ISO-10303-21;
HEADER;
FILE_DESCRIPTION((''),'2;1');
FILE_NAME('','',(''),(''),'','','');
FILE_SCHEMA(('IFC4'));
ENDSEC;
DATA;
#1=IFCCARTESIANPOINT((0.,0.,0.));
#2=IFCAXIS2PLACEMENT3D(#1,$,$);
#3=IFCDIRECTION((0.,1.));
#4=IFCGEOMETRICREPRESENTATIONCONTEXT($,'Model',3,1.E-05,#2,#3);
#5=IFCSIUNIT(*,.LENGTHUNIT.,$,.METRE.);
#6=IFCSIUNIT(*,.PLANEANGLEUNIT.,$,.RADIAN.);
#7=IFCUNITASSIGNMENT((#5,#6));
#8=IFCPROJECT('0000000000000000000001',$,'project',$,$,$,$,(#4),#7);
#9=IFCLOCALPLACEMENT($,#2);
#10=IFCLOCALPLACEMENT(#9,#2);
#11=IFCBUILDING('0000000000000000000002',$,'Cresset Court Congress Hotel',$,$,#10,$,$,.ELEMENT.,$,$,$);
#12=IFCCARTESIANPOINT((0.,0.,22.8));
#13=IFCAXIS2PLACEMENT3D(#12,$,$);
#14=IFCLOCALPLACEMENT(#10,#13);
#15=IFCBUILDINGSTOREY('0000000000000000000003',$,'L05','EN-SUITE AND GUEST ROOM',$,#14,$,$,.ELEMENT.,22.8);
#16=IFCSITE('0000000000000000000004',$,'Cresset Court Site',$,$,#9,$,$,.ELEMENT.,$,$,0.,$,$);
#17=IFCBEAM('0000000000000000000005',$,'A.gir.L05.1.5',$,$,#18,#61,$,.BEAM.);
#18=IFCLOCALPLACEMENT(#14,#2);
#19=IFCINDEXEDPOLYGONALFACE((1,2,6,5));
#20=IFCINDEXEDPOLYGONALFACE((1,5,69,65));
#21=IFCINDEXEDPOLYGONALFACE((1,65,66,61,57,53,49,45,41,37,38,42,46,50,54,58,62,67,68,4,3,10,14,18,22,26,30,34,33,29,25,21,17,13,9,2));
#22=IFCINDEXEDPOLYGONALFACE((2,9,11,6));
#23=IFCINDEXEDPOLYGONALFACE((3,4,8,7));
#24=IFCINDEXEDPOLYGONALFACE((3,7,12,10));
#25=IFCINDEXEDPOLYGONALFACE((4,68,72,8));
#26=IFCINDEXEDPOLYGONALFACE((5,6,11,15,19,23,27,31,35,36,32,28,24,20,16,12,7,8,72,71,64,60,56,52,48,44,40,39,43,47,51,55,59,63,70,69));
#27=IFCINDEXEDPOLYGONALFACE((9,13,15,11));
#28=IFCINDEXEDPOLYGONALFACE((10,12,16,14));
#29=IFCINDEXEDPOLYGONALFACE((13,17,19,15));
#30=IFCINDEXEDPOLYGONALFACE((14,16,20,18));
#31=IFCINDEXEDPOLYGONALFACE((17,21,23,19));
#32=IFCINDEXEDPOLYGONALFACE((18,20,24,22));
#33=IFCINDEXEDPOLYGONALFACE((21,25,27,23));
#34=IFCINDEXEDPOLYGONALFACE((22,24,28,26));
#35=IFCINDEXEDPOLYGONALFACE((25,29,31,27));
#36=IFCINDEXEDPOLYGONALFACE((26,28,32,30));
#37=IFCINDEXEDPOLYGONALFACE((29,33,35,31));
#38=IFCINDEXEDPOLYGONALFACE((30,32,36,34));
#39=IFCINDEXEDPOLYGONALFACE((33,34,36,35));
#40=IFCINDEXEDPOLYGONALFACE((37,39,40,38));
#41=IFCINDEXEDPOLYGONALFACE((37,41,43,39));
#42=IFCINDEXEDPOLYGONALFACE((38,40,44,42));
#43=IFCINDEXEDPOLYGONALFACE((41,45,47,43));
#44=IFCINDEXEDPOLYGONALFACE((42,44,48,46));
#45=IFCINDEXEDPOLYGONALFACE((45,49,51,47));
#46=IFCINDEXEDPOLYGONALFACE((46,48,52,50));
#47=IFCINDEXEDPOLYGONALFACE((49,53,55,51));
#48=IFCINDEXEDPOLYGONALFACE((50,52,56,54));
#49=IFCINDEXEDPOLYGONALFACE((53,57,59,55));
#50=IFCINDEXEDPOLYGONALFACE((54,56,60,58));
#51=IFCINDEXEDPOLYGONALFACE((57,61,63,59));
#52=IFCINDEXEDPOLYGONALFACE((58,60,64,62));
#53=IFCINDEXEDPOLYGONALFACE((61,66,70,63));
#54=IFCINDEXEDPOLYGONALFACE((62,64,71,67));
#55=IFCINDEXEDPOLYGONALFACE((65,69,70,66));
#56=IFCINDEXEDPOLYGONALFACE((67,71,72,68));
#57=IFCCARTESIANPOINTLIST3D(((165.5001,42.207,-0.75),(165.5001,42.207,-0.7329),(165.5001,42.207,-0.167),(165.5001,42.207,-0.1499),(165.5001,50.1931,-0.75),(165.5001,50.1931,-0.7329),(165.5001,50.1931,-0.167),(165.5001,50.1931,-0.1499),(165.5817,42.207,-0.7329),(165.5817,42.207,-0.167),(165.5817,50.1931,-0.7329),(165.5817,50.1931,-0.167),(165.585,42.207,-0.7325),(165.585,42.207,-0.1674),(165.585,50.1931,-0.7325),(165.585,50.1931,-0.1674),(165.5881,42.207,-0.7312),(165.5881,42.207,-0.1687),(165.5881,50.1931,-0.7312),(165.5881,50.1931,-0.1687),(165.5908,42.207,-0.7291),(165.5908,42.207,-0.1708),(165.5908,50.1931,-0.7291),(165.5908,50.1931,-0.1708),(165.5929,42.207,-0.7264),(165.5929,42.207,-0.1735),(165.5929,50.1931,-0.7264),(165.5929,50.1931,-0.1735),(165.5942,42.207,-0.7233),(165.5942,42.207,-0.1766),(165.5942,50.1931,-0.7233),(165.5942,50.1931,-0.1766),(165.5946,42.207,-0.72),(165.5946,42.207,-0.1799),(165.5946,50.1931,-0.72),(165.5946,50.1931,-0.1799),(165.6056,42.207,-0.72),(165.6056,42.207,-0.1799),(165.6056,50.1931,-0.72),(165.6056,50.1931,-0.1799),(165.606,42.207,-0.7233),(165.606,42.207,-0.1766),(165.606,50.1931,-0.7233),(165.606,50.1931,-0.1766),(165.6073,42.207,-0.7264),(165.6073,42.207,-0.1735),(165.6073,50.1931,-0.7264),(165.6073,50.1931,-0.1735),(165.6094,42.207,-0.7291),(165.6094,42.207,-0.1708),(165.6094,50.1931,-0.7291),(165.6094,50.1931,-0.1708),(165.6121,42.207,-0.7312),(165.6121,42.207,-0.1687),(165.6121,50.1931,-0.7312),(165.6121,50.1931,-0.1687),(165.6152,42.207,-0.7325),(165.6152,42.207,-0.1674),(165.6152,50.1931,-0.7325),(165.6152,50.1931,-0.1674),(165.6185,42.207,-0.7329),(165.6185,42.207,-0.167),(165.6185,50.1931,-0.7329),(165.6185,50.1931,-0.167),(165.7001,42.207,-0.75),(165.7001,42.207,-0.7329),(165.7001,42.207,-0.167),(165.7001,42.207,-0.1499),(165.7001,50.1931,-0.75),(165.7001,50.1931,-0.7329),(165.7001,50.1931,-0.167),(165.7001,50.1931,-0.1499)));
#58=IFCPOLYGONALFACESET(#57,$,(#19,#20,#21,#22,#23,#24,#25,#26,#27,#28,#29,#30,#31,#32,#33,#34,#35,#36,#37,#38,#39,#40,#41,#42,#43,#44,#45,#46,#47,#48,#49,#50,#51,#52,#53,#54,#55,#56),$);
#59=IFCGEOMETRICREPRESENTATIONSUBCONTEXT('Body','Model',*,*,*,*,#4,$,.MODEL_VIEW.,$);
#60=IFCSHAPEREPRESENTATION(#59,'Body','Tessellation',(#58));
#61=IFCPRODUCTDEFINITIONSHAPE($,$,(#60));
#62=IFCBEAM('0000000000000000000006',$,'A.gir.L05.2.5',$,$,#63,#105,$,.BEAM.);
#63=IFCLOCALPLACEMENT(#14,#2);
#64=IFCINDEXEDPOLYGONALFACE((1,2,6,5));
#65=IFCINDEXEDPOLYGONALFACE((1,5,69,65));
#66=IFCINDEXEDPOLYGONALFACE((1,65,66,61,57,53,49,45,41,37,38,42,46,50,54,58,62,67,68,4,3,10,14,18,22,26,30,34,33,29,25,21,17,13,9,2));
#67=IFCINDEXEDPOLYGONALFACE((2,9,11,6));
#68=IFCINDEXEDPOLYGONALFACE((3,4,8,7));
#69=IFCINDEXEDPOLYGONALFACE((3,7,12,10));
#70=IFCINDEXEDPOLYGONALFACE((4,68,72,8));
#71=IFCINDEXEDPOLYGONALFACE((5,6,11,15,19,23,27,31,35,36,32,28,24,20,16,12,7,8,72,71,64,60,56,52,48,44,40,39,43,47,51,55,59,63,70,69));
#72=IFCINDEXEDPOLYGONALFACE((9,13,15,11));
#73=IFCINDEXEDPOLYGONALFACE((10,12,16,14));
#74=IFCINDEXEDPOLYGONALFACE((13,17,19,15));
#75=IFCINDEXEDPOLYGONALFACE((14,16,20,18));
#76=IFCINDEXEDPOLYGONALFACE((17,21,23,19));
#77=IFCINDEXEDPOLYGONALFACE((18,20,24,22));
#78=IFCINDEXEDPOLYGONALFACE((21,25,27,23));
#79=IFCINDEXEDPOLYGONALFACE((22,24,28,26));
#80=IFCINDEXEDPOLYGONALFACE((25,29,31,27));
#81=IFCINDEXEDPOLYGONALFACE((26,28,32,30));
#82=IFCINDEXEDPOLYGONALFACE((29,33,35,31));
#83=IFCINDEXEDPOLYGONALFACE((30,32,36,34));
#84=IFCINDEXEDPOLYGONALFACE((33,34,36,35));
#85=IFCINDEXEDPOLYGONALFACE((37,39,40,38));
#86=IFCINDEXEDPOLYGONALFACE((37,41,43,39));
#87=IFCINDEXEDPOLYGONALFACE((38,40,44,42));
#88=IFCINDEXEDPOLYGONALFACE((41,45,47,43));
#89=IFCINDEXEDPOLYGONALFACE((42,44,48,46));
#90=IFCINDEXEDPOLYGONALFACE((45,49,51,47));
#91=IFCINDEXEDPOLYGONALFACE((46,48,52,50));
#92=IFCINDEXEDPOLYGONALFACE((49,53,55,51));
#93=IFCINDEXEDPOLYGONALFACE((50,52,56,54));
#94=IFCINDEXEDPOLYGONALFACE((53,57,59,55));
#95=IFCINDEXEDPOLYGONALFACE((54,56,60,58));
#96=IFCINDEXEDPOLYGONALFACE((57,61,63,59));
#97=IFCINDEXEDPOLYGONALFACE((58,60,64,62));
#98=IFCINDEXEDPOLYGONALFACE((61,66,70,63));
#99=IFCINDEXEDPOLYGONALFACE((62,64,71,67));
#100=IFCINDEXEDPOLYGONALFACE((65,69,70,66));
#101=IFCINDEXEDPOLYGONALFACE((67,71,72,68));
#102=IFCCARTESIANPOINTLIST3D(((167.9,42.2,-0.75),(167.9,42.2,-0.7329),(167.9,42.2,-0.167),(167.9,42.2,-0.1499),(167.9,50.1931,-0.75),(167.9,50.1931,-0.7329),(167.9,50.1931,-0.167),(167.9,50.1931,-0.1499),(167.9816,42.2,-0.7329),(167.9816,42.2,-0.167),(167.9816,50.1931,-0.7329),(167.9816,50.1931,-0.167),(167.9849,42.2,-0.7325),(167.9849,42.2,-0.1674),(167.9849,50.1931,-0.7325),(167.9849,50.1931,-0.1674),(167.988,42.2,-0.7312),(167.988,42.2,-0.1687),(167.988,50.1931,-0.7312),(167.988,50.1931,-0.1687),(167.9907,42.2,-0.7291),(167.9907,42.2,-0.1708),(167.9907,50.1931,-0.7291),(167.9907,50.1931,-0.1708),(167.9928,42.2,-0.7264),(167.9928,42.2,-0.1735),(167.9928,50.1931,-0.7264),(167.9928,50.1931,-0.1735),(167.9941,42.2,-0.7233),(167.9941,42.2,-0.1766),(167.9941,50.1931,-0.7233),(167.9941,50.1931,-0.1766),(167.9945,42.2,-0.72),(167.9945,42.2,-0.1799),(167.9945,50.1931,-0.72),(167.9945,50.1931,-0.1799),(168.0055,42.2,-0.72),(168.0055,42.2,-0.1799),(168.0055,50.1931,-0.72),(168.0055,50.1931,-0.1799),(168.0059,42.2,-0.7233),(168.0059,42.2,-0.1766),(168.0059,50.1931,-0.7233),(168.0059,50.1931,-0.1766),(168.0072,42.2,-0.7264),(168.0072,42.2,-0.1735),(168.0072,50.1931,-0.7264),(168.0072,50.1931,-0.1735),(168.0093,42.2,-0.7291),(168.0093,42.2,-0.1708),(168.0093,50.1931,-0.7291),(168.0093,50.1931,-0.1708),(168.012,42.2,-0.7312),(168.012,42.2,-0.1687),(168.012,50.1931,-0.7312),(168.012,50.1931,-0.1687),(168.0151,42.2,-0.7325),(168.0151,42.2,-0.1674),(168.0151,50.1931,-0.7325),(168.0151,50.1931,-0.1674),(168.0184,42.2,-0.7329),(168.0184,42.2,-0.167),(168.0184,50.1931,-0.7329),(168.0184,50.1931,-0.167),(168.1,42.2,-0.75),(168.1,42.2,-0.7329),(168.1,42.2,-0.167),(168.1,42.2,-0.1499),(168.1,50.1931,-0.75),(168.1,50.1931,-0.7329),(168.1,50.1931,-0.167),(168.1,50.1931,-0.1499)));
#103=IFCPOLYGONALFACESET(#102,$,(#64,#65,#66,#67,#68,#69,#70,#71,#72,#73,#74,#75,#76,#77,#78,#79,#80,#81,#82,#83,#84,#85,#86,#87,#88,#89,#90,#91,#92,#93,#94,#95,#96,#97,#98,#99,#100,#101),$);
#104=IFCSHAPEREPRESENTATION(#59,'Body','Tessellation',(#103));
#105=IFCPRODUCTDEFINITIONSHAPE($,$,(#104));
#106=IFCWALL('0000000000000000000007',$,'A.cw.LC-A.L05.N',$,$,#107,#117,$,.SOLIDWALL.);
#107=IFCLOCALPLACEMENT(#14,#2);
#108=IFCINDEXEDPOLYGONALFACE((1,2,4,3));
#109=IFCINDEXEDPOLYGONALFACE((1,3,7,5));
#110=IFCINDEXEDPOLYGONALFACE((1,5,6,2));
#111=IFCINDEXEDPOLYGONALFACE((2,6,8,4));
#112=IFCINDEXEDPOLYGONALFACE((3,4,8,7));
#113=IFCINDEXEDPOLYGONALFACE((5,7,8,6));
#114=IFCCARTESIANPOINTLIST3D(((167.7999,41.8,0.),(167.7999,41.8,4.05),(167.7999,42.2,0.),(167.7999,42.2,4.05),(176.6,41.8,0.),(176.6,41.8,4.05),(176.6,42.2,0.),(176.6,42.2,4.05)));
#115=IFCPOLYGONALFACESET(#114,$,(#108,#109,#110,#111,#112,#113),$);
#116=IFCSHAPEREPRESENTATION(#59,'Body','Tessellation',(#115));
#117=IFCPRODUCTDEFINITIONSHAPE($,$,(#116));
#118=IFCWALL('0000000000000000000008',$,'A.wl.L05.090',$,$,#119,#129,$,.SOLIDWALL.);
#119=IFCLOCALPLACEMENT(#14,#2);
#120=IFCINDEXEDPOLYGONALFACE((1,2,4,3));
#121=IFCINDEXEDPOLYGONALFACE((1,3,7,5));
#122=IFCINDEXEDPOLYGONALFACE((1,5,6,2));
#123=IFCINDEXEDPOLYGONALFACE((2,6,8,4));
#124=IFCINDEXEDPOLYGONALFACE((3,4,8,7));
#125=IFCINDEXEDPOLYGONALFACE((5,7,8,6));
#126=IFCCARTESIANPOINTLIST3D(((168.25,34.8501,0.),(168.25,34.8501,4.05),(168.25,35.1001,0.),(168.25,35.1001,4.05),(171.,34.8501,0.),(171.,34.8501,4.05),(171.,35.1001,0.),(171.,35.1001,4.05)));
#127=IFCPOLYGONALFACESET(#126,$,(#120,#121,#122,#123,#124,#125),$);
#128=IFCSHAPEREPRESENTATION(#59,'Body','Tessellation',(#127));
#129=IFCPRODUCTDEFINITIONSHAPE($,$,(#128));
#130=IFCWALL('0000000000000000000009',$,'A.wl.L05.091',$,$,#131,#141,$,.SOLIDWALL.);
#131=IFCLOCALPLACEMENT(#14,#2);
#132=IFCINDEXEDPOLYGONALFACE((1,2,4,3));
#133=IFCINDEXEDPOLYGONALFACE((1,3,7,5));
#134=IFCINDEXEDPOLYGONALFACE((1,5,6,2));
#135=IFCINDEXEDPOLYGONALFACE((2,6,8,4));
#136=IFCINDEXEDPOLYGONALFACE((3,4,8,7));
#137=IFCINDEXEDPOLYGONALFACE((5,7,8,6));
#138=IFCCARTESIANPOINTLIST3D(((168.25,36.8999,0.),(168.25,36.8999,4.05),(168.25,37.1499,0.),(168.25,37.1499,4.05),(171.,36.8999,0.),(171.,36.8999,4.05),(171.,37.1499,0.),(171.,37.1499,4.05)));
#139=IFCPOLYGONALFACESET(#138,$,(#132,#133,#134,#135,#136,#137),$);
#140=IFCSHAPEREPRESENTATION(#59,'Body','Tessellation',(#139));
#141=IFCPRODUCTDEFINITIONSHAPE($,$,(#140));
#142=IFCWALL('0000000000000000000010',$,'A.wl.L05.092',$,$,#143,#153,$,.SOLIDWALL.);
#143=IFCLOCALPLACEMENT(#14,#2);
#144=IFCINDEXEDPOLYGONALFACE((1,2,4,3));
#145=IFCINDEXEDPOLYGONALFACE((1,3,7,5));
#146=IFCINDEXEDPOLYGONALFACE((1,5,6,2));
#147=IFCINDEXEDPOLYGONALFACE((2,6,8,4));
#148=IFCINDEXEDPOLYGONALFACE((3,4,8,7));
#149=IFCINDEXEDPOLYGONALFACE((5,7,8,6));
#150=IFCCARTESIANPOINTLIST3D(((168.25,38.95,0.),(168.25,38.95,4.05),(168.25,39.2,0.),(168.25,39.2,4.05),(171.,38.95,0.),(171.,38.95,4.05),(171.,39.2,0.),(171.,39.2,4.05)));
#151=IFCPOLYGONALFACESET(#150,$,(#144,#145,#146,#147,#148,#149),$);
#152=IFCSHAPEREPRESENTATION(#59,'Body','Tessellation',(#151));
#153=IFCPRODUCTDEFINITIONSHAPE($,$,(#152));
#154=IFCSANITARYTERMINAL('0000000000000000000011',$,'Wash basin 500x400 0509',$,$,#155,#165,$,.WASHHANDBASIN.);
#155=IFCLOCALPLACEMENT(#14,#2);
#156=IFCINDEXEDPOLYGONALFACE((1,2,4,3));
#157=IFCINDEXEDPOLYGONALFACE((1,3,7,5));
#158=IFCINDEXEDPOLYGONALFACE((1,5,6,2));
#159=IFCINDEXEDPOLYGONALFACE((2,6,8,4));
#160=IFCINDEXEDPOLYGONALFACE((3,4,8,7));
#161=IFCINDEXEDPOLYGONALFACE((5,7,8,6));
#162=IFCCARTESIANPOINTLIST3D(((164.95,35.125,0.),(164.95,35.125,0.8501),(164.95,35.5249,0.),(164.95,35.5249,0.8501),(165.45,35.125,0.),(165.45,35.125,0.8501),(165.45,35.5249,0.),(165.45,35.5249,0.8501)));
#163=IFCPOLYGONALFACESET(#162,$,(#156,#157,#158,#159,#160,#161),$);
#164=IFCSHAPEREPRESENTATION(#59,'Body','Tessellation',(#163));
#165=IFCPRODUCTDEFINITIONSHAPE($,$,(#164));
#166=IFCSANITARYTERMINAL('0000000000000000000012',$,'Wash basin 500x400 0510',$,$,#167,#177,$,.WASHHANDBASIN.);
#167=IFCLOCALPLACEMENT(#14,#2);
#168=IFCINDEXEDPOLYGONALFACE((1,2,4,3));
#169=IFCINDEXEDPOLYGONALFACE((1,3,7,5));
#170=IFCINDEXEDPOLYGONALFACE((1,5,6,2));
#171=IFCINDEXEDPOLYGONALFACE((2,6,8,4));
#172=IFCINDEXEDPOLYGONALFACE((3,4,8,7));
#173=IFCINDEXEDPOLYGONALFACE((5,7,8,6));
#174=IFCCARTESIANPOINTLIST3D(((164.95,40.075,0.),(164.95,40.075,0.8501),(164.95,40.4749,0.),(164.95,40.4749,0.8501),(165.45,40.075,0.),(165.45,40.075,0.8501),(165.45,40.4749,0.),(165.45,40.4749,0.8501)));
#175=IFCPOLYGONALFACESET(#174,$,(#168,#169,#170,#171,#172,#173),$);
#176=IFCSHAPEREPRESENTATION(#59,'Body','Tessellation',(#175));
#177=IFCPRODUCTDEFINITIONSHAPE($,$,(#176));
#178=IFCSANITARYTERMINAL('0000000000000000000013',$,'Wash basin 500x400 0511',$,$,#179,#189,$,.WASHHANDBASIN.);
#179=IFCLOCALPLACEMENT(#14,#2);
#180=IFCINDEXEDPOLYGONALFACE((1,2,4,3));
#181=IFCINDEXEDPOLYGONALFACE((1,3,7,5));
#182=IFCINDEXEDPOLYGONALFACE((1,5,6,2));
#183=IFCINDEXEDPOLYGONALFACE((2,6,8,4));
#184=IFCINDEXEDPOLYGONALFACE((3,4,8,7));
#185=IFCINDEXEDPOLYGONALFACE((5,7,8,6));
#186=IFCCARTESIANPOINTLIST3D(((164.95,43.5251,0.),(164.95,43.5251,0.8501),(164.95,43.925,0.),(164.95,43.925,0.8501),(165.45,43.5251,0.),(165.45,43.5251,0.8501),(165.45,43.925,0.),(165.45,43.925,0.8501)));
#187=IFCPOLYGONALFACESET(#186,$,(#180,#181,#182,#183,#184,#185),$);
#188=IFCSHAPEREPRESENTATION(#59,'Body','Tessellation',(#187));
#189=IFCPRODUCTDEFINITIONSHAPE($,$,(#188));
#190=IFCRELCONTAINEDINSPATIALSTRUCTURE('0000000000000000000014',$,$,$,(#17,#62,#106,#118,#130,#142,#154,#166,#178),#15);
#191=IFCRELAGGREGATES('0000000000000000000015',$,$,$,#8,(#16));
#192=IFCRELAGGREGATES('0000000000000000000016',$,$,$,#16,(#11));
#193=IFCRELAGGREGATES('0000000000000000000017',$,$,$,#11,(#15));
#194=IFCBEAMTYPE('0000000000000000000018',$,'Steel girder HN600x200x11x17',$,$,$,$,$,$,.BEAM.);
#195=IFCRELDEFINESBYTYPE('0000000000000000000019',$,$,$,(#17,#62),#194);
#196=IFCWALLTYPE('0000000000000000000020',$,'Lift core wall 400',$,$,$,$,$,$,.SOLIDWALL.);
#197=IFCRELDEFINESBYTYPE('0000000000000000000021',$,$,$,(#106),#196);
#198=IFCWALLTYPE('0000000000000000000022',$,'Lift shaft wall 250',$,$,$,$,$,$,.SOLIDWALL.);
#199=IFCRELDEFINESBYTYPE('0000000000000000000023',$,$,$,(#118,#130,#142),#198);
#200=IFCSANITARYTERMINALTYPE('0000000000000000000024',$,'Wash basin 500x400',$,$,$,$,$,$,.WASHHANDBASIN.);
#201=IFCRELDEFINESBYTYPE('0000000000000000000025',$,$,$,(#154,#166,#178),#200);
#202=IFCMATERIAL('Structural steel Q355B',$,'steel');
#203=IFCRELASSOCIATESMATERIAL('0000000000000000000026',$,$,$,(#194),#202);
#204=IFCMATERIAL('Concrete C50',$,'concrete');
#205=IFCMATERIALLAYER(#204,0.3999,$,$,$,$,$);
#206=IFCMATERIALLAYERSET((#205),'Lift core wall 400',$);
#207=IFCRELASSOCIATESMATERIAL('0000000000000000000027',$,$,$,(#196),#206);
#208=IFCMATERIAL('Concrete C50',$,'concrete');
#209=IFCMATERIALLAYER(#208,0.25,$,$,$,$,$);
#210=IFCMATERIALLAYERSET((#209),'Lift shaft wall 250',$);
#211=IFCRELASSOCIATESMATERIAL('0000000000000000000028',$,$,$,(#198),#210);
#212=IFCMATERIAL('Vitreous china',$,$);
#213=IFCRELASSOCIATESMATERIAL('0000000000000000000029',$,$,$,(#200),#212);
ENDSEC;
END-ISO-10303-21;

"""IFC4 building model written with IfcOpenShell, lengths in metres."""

from ifc_helpers import new_model, si_unit, direction, frame, frame_2d, origin, origin_2d, place, context, subcontext, project, spatial, rectangle, i_section, extrude, material, layer, layer_set, material_profile, profile_set, type_object, element, save


model = new_model("IFC4")

# Units and contexts
model_context = context("Model", 3, precision=1e-05, world=origin(), true_north=direction((0.0, 1.0)))
body_context = subcontext(model_context, "Body", "Model", "MODEL_VIEW")
ifc_project = project(units=[si_unit("LENGTHUNIT", "METRE"), si_unit("PLANEANGLEUNIT", "RADIAN")], contexts=[model_context])

# Site, building, storey
site_placement = place(None, origin())
site = spatial("IfcSite", under=ifc_project, at=site_placement, Name="Cresset Court Site", CompositionType="ELEMENT", RefElevation=0.0)
building_placement = place(site_placement, origin())
building = spatial("IfcBuilding", under=site, at=building_placement, Name="Cresset Court Congress Hotel", CompositionType="ELEMENT")
storey_placement = place(building_placement, frame((0.0, 0.0, 22.8)))
storey = spatial("IfcBuildingStorey", under=building, at=storey_placement, Name="L05", Description="EN-SUITE AND GUEST ROOM", CompositionType="ELEMENT", Elevation=22.8)

# Beams
ifc_material_1 = material(Name="Structural steel Q355B", Category="steel")
ifc_material_profile_1 = material_profile(ifc_material_1, i_section(OverallWidth=0.2, OverallDepth=0.6001, WebThickness=0.011, FlangeThickness=0.0171, FilletRadius=0.0129, at=origin_2d()), Name="HN600x200x11x17")
ifc_profile_set_1 = profile_set([ifc_material_profile_1], Name="Structural steel Q355B")
beam_type_1 = type_object("IfcBeamType", Name="Steel girder HN600x200x11x17", PredefinedType="BEAM", material=ifc_profile_set_1)
for number, where, z_axis, x_axis, name in (
    (1, (165.6001, 42.207, -0.45), (0.0, 1.0, 0.0), (-1.0, 0.0, 0.0), "A.gir.L05.1.5"),
):
    element("IfcBeam", number, at=place(storey_placement, frame(where, z_axis=z_axis, x_axis=x_axis)), inside=storey, type_object=beam_type_1, Name=name, PredefinedType="BEAM", context=body_context, shape_type="SweptSolid", body=[
        extrude(i_section(OverallWidth=0.2, OverallDepth=0.6001, WebThickness=0.011, FlangeThickness=0.0171, FilletRadius=0.0129, at=origin_2d()), origin(), (0.0, 0.0, 1.0), 7.9861),
    ])
beam_1_placement = place(storey_placement, frame((168.0, 42.2, -0.45), z_axis=(0.0, 1.0, 0.0), x_axis=(-1.0, 0.0, 0.0)))
element("IfcBeam", 2, at=beam_1_placement, inside=storey, type_object=beam_type_1, Name="A.gir.L05.2.5", PredefinedType="BEAM", context=body_context, shape_type="SweptSolid", body=[
    extrude(i_section(OverallWidth=0.2, OverallDepth=0.6001, WebThickness=0.011, FlangeThickness=0.0171, FilletRadius=0.0129, at=origin_2d()), origin(), (0.0, 0.0, 1.0), 7.9932),
])

# Walls
ifc_material_2 = material(Name="Concrete C50", Category="concrete")
ifc_layer_1 = layer(ifc_material_2, 0.3999)
ifc_layer_set_1 = layer_set([ifc_layer_1], Name="Lift core wall 400")
wall_type_1 = type_object("IfcWallType", Name="Lift core wall 400", PredefinedType="SOLIDWALL", material=ifc_layer_set_1)
wall_1_placement = place(storey_placement, frame((167.8, 42.0, 0.0), z_axis=(0.0, 0.0, 1.0), x_axis=(1.0, 0.0, 0.0)))
element("IfcWall", 3, at=wall_1_placement, inside=storey, type_object=wall_type_1, Name="A.cw.LC-A.L05.N", PredefinedType="SOLIDWALL", context=body_context, shape_type="SweptSolid", body=[
    extrude(rectangle(XDim=8.8, YDim=0.3999, at=frame_2d((4.3999, 0.0))), origin(), (0.0, 0.0, 1.0), 4.05),
])
ifc_material_3 = material(Name="Concrete C50", Category="concrete")
ifc_layer_2 = layer(ifc_material_3, 0.25)
ifc_layer_set_2 = layer_set([ifc_layer_2], Name="Lift shaft wall 250")
wall_type_2 = type_object("IfcWallType", Name="Lift shaft wall 250", PredefinedType="SOLIDWALL", material=ifc_layer_set_2)
for number, where, z_axis, x_axis, name in (
    (4, (168.25, 34.9751, 0.0), (0.0, 0.0, 1.0), (1.0, 0.0, 0.0), "A.wl.L05.090"),
    (5, (168.25, 37.0249, 0.0), (0.0, 0.0, 1.0), (1.0, 0.0, 0.0), "A.wl.L05.091"),
    (6, (168.25, 39.075, 0.0), (0.0, 0.0, 1.0), (1.0, 0.0, 0.0), "A.wl.L05.092"),
):
    element("IfcWall", number, at=place(storey_placement, frame(where, z_axis=z_axis, x_axis=x_axis)), inside=storey, type_object=wall_type_2, Name=name, PredefinedType="SOLIDWALL", context=body_context, shape_type="SweptSolid", body=[
        extrude(rectangle(XDim=2.75, YDim=0.25, at=frame_2d((1.375, 0.0))), origin(), (0.0, 0.0, 1.0), 4.05),
    ])

# Sanitary terminals
ifc_material_4 = material(Name="Vitreous china")
sanitary_terminal_type = type_object("IfcSanitaryTerminalType", Name="Wash basin 500x400", PredefinedType="WASHHANDBASIN", material=ifc_material_4)
for number, where, z_axis, x_axis, name in (
    (7, (165.2, 35.325, 0.0), (0.0, 0.0, 1.0), (1.0, 0.0, 0.0), "Wash basin 500x400 0509"),
    (8, (165.2, 40.2749, 0.0), (0.0, 0.0, 1.0), (1.0, 0.0, 0.0), "Wash basin 500x400 0510"),
    (9, (165.2, 43.7251, 0.0), (0.0, 0.0, 1.0), (1.0, 0.0, 0.0), "Wash basin 500x400 0511"),
):
    element("IfcSanitaryTerminal", number, at=place(storey_placement, frame(where, z_axis=z_axis, x_axis=x_axis)), inside=storey, type_object=sanitary_terminal_type, Name=name, PredefinedType="WASHHANDBASIN", context=body_context, shape_type="SweptSolid", body=[
        extrude(rectangle(XDim=0.5, YDim=0.3999, at=origin_2d()), origin(), (0.0, 0.0, 1.0), 0.8501),
    ])

save(model, "model.ifc")
